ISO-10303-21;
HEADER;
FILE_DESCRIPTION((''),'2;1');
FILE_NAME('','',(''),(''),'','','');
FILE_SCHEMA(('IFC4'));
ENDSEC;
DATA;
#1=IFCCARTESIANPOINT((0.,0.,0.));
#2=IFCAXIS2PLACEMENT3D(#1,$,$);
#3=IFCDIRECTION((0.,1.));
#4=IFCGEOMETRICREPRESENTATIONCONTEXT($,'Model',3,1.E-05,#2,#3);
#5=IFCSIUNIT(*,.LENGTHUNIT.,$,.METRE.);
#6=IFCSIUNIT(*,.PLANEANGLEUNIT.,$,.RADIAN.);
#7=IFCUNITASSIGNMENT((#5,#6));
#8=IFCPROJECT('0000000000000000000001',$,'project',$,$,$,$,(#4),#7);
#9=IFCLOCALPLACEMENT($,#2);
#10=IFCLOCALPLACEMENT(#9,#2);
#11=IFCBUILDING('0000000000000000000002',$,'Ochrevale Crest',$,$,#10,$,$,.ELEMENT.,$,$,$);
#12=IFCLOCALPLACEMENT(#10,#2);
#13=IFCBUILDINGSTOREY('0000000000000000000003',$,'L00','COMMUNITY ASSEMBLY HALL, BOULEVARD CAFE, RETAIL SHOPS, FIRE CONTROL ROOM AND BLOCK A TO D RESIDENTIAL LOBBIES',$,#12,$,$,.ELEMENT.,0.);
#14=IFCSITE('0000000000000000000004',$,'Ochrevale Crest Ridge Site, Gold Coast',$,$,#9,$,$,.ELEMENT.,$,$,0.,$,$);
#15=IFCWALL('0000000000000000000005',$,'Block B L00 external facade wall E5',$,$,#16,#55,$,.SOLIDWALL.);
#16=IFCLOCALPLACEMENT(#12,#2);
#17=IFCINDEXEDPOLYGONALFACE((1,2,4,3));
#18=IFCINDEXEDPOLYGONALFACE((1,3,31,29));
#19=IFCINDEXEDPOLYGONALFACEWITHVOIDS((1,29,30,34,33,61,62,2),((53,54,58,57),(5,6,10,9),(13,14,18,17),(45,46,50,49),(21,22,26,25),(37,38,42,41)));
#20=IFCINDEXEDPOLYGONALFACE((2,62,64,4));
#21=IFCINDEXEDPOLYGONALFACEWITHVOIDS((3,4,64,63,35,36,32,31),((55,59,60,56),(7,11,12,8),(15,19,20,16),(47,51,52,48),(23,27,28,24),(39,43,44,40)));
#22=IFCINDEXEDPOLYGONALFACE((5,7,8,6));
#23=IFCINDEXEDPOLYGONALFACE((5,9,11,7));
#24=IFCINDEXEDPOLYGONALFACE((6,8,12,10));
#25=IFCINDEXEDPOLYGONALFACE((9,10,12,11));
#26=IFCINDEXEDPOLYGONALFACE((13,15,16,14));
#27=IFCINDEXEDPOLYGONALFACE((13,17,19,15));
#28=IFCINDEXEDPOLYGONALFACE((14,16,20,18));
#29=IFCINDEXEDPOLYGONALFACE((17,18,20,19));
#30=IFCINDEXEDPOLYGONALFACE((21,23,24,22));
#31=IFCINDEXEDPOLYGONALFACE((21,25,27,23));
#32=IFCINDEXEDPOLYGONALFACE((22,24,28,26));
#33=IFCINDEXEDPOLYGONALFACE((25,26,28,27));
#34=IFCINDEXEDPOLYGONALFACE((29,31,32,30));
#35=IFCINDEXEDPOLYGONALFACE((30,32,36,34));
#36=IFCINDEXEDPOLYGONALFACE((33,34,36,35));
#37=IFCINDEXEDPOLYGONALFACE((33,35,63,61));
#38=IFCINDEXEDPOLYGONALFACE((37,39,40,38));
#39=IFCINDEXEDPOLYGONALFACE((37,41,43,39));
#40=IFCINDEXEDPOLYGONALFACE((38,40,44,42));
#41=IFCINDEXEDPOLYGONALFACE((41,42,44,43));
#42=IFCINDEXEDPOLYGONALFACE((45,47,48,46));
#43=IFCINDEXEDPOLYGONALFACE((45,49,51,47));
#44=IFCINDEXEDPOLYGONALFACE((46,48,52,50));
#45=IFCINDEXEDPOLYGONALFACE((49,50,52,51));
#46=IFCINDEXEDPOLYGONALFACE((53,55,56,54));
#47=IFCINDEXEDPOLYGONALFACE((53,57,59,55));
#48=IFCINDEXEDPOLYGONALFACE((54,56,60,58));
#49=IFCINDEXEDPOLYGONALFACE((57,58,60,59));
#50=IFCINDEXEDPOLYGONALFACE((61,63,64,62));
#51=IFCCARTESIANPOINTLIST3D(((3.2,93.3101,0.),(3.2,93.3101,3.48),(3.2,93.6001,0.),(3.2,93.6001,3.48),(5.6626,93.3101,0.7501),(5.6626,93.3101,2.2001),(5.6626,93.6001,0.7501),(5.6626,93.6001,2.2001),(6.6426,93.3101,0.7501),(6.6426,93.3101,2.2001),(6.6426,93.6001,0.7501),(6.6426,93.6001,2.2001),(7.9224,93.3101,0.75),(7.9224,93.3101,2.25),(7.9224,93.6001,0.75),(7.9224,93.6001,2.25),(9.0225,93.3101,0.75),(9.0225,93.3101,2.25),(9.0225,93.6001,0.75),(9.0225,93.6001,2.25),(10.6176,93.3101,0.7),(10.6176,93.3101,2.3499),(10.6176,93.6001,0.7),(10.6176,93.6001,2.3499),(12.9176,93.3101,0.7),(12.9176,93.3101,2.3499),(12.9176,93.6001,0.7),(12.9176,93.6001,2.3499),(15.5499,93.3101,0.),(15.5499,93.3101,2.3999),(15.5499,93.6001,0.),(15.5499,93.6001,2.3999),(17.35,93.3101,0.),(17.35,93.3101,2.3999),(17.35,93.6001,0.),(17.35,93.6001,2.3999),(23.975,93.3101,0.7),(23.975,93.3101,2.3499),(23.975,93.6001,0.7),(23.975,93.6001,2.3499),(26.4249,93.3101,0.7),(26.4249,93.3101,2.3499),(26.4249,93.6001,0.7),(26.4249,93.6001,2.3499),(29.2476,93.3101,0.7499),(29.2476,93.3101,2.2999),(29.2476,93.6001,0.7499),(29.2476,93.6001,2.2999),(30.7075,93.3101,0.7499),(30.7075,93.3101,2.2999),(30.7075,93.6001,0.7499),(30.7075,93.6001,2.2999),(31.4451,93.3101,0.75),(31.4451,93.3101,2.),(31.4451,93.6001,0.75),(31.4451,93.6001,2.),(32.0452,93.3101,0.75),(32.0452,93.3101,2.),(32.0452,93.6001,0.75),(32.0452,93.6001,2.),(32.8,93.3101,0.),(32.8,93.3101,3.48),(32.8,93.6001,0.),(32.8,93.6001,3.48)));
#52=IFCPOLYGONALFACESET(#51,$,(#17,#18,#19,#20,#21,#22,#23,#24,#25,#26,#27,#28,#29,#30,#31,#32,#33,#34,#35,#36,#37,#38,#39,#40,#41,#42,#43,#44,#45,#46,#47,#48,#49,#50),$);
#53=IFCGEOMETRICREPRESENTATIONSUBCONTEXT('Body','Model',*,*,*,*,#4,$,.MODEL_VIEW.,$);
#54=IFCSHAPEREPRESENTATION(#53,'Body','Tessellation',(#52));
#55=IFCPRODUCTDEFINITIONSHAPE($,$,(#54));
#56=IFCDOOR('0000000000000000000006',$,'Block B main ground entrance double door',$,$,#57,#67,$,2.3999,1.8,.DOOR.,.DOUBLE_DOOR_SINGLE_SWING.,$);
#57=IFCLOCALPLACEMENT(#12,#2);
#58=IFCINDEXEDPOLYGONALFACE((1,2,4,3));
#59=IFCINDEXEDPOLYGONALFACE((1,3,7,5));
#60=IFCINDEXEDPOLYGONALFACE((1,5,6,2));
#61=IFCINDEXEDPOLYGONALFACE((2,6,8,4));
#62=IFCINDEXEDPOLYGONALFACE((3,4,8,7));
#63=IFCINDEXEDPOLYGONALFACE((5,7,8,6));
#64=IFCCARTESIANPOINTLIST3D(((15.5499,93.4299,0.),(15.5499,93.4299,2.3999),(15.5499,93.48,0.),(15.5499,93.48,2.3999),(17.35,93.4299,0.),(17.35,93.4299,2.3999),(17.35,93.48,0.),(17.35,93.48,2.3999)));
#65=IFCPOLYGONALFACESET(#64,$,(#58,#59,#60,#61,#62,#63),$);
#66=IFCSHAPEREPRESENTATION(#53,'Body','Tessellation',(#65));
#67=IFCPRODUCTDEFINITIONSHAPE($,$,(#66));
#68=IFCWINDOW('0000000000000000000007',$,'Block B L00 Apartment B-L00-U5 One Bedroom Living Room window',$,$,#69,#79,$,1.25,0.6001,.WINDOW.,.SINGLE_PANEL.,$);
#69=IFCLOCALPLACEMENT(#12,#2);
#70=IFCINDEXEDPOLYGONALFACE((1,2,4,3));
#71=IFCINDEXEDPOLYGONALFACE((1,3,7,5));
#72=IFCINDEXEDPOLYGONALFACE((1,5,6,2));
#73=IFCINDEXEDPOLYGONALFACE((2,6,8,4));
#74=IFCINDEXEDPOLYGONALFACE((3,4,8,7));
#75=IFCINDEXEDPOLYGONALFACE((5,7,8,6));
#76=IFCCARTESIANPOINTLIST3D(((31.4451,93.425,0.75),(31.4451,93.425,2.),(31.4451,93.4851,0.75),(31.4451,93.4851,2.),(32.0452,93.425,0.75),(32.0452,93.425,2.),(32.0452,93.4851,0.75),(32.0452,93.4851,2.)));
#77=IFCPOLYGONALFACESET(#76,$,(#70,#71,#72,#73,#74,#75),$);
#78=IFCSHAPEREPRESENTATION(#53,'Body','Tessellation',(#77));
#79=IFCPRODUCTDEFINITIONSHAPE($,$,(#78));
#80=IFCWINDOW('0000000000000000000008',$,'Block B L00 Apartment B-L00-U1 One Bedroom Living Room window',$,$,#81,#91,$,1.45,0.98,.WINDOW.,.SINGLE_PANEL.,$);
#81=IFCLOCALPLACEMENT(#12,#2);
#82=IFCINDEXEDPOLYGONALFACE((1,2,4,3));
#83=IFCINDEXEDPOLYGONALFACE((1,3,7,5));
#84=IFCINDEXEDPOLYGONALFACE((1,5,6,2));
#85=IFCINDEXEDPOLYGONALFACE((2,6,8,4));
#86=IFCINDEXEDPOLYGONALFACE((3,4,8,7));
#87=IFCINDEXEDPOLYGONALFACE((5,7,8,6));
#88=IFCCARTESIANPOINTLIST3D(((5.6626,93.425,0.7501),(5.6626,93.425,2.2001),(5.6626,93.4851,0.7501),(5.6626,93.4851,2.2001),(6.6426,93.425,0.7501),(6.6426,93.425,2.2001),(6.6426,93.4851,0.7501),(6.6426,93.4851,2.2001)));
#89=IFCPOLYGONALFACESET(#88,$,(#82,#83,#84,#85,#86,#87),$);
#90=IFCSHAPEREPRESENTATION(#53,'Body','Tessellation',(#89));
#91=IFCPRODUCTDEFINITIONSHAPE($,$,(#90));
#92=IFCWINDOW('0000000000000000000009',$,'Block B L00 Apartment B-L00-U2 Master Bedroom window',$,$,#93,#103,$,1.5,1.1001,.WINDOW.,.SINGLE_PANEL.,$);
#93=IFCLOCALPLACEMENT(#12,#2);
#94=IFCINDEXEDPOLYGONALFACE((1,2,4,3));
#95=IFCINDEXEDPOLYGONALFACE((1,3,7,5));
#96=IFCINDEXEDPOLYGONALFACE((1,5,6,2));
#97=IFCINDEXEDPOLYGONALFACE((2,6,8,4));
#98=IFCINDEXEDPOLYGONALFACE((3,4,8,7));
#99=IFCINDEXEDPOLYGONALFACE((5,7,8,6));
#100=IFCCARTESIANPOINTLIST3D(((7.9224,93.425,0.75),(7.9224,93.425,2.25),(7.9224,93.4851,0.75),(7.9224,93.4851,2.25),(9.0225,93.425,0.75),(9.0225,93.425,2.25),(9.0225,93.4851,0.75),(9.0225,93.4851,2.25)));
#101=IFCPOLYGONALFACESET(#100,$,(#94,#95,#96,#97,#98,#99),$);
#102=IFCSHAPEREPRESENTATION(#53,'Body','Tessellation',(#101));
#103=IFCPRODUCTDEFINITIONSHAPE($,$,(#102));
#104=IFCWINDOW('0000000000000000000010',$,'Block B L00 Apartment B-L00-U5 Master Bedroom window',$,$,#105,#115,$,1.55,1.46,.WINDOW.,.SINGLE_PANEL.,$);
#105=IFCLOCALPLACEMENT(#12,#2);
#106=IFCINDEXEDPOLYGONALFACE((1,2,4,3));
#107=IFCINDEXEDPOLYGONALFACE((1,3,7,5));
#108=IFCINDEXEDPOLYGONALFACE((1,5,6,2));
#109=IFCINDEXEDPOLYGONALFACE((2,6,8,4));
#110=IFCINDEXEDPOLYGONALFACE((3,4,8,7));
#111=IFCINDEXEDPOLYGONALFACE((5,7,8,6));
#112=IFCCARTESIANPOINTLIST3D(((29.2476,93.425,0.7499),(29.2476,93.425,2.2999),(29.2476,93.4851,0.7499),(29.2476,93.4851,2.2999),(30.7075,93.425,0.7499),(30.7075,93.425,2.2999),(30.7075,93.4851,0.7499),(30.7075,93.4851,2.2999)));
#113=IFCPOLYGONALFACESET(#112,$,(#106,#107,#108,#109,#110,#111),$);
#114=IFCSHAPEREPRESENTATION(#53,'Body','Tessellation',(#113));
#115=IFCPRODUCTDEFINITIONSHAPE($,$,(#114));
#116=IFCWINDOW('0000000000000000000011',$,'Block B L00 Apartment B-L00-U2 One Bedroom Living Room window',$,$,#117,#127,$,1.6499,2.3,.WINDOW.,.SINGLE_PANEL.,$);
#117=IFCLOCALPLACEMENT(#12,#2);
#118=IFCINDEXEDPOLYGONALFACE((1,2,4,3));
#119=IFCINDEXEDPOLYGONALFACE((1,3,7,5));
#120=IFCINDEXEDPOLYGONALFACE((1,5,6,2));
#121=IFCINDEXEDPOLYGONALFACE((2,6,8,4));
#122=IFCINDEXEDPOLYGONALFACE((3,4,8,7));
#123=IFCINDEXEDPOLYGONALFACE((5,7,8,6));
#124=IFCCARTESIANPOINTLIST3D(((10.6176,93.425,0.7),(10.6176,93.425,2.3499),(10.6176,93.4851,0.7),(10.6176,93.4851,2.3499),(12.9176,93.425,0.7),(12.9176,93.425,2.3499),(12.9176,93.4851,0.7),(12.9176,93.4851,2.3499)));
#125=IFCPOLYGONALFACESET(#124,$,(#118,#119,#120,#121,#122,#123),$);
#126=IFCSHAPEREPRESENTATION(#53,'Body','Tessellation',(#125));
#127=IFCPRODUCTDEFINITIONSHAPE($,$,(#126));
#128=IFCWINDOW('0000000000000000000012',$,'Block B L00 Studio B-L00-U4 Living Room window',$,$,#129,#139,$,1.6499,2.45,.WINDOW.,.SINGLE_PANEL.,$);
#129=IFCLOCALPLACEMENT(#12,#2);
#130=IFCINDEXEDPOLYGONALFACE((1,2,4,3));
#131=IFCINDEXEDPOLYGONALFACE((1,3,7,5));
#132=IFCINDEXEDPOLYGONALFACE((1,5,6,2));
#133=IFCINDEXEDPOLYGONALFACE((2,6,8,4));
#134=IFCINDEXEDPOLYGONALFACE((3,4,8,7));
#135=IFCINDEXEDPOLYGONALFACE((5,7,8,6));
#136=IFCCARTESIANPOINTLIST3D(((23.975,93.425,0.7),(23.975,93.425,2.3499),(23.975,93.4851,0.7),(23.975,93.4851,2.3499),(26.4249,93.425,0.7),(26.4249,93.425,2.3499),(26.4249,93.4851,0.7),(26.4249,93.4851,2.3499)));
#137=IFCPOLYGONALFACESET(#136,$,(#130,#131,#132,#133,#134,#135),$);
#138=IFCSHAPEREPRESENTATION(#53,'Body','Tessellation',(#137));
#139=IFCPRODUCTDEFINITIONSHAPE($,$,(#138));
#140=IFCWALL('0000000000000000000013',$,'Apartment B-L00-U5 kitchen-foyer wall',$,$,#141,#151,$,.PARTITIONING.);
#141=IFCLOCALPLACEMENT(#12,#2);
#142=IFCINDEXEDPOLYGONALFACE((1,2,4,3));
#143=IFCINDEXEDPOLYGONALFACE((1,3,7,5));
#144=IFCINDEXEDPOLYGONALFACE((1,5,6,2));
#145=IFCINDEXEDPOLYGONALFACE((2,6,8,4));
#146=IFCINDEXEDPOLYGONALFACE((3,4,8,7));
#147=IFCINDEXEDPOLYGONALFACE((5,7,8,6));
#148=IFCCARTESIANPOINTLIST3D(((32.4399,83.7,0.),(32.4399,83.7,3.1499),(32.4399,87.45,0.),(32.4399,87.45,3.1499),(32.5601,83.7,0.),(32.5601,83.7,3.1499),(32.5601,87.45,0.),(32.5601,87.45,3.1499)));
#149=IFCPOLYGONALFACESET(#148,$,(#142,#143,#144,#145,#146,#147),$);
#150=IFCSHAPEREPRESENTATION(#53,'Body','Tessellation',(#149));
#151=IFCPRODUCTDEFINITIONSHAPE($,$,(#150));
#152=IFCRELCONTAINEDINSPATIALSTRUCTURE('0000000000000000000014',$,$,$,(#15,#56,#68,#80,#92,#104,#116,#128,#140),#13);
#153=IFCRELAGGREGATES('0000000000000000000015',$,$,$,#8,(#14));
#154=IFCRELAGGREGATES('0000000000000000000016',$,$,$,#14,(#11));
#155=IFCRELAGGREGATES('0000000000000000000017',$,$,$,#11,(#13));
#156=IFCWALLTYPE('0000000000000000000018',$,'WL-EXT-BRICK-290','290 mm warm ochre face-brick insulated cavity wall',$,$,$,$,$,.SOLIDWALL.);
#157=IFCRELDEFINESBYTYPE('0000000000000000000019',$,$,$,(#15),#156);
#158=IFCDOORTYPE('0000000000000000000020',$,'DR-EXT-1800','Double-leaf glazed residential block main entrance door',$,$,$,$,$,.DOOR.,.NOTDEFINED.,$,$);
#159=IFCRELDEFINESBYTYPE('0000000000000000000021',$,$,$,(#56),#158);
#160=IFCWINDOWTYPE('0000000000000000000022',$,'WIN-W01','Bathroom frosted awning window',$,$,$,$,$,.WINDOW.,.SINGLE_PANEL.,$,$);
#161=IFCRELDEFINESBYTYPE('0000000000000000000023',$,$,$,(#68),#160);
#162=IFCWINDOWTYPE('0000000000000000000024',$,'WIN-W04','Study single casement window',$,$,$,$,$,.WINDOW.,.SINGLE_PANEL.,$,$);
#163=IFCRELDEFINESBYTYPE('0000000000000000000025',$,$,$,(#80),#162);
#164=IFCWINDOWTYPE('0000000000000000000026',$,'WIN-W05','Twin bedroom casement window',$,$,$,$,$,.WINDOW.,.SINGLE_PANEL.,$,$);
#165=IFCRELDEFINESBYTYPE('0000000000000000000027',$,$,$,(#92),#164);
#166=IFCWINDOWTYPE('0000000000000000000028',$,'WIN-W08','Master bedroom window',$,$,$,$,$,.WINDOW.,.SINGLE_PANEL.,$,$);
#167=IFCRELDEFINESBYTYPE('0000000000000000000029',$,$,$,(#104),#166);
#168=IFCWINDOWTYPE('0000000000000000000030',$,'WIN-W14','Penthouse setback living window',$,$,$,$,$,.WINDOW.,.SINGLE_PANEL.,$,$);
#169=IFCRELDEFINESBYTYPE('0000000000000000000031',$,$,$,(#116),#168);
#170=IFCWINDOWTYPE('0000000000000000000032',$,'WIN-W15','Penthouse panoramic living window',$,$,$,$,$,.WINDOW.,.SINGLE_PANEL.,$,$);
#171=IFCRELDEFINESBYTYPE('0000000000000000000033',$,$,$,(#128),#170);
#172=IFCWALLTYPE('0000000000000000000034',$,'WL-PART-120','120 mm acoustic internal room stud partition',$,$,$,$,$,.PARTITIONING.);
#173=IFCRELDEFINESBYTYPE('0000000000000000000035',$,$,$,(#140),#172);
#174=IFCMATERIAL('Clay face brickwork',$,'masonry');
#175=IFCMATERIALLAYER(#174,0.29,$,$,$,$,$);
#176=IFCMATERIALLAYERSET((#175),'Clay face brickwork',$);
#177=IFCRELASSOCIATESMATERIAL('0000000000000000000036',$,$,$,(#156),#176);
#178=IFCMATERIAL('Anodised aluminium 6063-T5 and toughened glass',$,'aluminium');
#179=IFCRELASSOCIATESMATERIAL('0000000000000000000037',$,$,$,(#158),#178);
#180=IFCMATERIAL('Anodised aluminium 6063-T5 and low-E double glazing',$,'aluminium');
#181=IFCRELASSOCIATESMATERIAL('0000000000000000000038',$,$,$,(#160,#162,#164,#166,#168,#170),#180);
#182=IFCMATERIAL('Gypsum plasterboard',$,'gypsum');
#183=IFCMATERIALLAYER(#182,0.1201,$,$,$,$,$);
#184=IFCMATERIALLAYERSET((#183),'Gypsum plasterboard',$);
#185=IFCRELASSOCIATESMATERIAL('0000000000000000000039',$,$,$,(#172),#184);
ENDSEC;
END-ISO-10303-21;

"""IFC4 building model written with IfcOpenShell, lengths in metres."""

from ifc_helpers import new_model, si_unit, direction, frame, frame_2d, origin, place, context, subcontext, project, spatial, rectangle, extrude, material, layer, layer_set, type_object, element, fill, save


model = new_model("IFC4")

# Units and contexts
model_context = context("Model", 3, precision=1e-05, world=origin(), true_north=direction((0.0, 1.0)))
body_context = subcontext(model_context, "Body", "Model", "MODEL_VIEW")
ifc_project = project(units=[si_unit("LENGTHUNIT", "METRE"), si_unit("PLANEANGLEUNIT", "RADIAN")], contexts=[model_context])

# Site, building, storey
site_placement = place(None, origin())
site = spatial("IfcSite", under=ifc_project, at=site_placement, Name="Ochrevale Crest Ridge Site, Gold Coast", CompositionType="ELEMENT", RefElevation=0.0)
building_placement = place(site_placement, origin())
building = spatial("IfcBuilding", under=site, at=building_placement, Name="Ochrevale Crest", CompositionType="ELEMENT")
storey_placement = place(building_placement, origin())
storey = spatial("IfcBuildingStorey", under=building, at=storey_placement, Name="L00", Description="COMMUNITY ASSEMBLY HALL, BOULEVARD CAFE, RETAIL SHOPS, FIRE CONTROL ROOM AND BLOCK A TO D RESIDENTIAL LOBBIES", CompositionType="ELEMENT", Elevation=0.0)

# Shared definitions
ifc_material_1 = material(Name="Clay face brickwork", Category="masonry")
ifc_layer_1 = layer(ifc_material_1, 0.29)
ifc_layer_set_1 = layer_set([ifc_layer_1], Name="Clay face brickwork")
wall_type_1 = type_object("IfcWallType", Name="WL-EXT-BRICK-290", Description="290 mm warm ochre face-brick insulated cavity wall", PredefinedType="SOLIDWALL", material=ifc_layer_set_1)
ifc_material_2 = material(Name="Anodised aluminium 6063-T5 and low-E double glazing", Category="aluminium")

# Wall, openings, door, windows
wall_1_placement = place(storey_placement, frame((32.8, 93.4551, 0.0), z_axis=(0.0, 0.0, 1.0), x_axis=(-1.0, 0.0, 0.0)))
wall_1 = element("IfcWall", 1, at=wall_1_placement, inside=storey, type_object=wall_type_1, Name="Block B L00 external facade wall E5", PredefinedType="SOLIDWALL", context=body_context, shape_type="SweptSolid", body=[
    extrude(rectangle(XDim=29.6001, YDim=0.29, at=frame_2d((14.8, 0.0))), origin(), (0.0, 0.0, 1.0), 3.48),
])
opening_1_placement = place(wall_1_placement, frame((17.25, 0.0, 0.0), z_axis=(0.0, 0.0, 1.0), x_axis=(-1.0, 0.0, 0.0)))
opening_1 = element("IfcOpeningElement", 2, at=opening_1_placement, cuts=wall_1, PredefinedType="OPENING", context=body_context, shape_type="SweptSolid", body=[
    extrude(rectangle(XDim=1.8, YDim=2.3999, at=frame_2d((0.8999, 1.2))), frame((0.0, 0.155, 0.0), z_axis=(0.0, -1.0, 0.0), x_axis=(1.0, 0.0, 0.0)), (0.0, 0.0, 1.0), 0.3101),
])
opening_2_placement = place(wall_1_placement, frame((26.1575, 0.0, 0.75)))
opening_2 = element("IfcOpeningElement", 3, at=opening_2_placement, cuts=wall_1, PredefinedType="OPENING", context=body_context, shape_type="SweptSolid", body=[
    extrude(rectangle(XDim=0.98, YDim=1.45, at=frame_2d((0.49, 0.7251))), frame((0.0, 0.155, 0.0), z_axis=(0.0, -1.0, 0.0), x_axis=(1.0, 0.0, 0.0)), (0.0, 0.0, 1.0), 0.3101),
])
opening_3_placement = place(wall_1_placement, frame((23.7776, 0.0, 0.75)))
opening_3 = element("IfcOpeningElement", 4, at=opening_3_placement, cuts=wall_1, PredefinedType="OPENING", context=body_context, shape_type="SweptSolid", body=[
    extrude(rectangle(XDim=1.1001, YDim=1.5, at=frame_2d((0.55, 0.75))), frame((0.0, 0.155, 0.0), z_axis=(0.0, -1.0, 0.0), x_axis=(1.0, 0.0, 0.0)), (0.0, 0.0, 1.0), 0.3101),
])
opening_4_placement = place(wall_1_placement, frame((19.8826, 0.0, 0.7)))
opening_4 = element("IfcOpeningElement", 5, at=opening_4_placement, cuts=wall_1, PredefinedType="OPENING", context=body_context, shape_type="SweptSolid", body=[
    extrude(rectangle(XDim=2.3, YDim=1.6499, at=frame_2d((1.1499, 0.825))), frame((0.0, 0.155, 0.0), z_axis=(0.0, -1.0, 0.0), x_axis=(1.0, 0.0, 0.0)), (0.0, 0.0, 1.0), 0.3101),
])
opening_5_placement = place(wall_1_placement, frame((6.375, 0.0, 0.7)))
opening_5 = element("IfcOpeningElement", 6, at=opening_5_placement, cuts=wall_1, PredefinedType="OPENING", context=body_context, shape_type="SweptSolid", body=[
    extrude(rectangle(XDim=2.45, YDim=1.6499, at=frame_2d((1.2251, 0.825))), frame((0.0, 0.155, 0.0), z_axis=(0.0, -1.0, 0.0), x_axis=(1.0, 0.0, 0.0)), (0.0, 0.0, 1.0), 0.3101),
])
opening_6_placement = place(wall_1_placement, frame((2.0925, 0.0, 0.75)))
opening_6 = element("IfcOpeningElement", 7, at=opening_6_placement, cuts=wall_1, PredefinedType="OPENING", context=body_context, shape_type="SweptSolid", body=[
    extrude(rectangle(XDim=1.46, YDim=1.55, at=frame_2d((0.73, 0.7749))), frame((0.0, 0.155, 0.0), z_axis=(0.0, -1.0, 0.0), x_axis=(1.0, 0.0, 0.0)), (0.0, 0.0, 1.0), 0.3101),
])
opening_7_placement = place(wall_1_placement, frame((0.7549, 0.0, 0.75)))
opening_7 = element("IfcOpeningElement", 8, at=opening_7_placement, cuts=wall_1, PredefinedType="OPENING", context=body_context, shape_type="SweptSolid", body=[
    extrude(rectangle(XDim=0.6001, YDim=1.25, at=frame_2d((0.3, 0.625))), frame((0.0, 0.155, 0.0), z_axis=(0.0, -1.0, 0.0), x_axis=(1.0, 0.0, 0.0)), (0.0, 0.0, 1.0), 0.3101),
])
ifc_material_3 = material(Name="Anodised aluminium 6063-T5 and toughened glass", Category="aluminium")
door_type_1 = type_object("IfcDoorType", Name="DR-EXT-1800", Description="Double-leaf glazed residential block main entrance door", OperationType="NOTDEFINED", PredefinedType="DOOR", material=ifc_material_3)
door_1_placement = place(opening_1_placement, origin())
door_1 = element("IfcDoor", 9, at=door_1_placement, inside=storey, type_object=door_type_1, Name="Block B main ground entrance double door", OperationType="DOUBLE_DOOR_SINGLE_SWING", OverallHeight=2.3999, OverallWidth=1.8, PredefinedType="DOOR", context=body_context, shape_type="SweptSolid", body=[
    extrude(rectangle(XDim=1.8, YDim=2.3999, at=frame_2d((0.8999, 1.2))), frame((0.0, 0.0249, 0.0), z_axis=(0.0, -1.0, 0.0), x_axis=(1.0, 0.0, 0.0)), (0.0, 0.0, 1.0), 0.05),
])
fill(opening_1, door_1)
window_type_1 = type_object("IfcWindowType", Name="WIN-W01", Description="Bathroom frosted awning window", PartitioningType="SINGLE_PANEL", PredefinedType="WINDOW", material=ifc_material_2)
window_1_placement = place(opening_7_placement, origin())
window_1 = element("IfcWindow", 10, at=window_1_placement, inside=storey, type_object=window_type_1, Name="Block B L00 Apartment B-L00-U5 One Bedroom Living Room window", OverallHeight=1.25, OverallWidth=0.6001, PartitioningType="SINGLE_PANEL", PredefinedType="WINDOW", context=body_context, shape_type="SweptSolid", body=[
    extrude(rectangle(XDim=0.6001, YDim=1.25, at=frame_2d((0.3, 0.625))), frame((0.0, 0.03, 0.0), z_axis=(0.0, -1.0, 0.0), x_axis=(1.0, 0.0, 0.0)), (0.0, 0.0, 1.0), 0.0601),
])
fill(opening_7, window_1)
window_type_2 = type_object("IfcWindowType", Name="WIN-W04", Description="Study single casement window", PartitioningType="SINGLE_PANEL", PredefinedType="WINDOW", material=ifc_material_2)
window_2_placement = place(opening_2_placement, origin())
window_2 = element("IfcWindow", 11, at=window_2_placement, inside=storey, type_object=window_type_2, Name="Block B L00 Apartment B-L00-U1 One Bedroom Living Room window", OverallHeight=1.45, OverallWidth=0.98, PartitioningType="SINGLE_PANEL", PredefinedType="WINDOW", context=body_context, shape_type="SweptSolid", body=[
    extrude(rectangle(XDim=0.98, YDim=1.45, at=frame_2d((0.49, 0.7251))), frame((0.0, 0.03, 0.0), z_axis=(0.0, -1.0, 0.0), x_axis=(1.0, 0.0, 0.0)), (0.0, 0.0, 1.0), 0.0601),
])
fill(opening_2, window_2)
window_type_3 = type_object("IfcWindowType", Name="WIN-W05", Description="Twin bedroom casement window", PartitioningType="SINGLE_PANEL", PredefinedType="WINDOW", material=ifc_material_2)
window_3_placement = place(opening_3_placement, origin())
window_3 = element("IfcWindow", 12, at=window_3_placement, inside=storey, type_object=window_type_3, Name="Block B L00 Apartment B-L00-U2 Master Bedroom window", OverallHeight=1.5, OverallWidth=1.1001, PartitioningType="SINGLE_PANEL", PredefinedType="WINDOW", context=body_context, shape_type="SweptSolid", body=[
    extrude(rectangle(XDim=1.1001, YDim=1.5, at=frame_2d((0.55, 0.75))), frame((0.0, 0.03, 0.0), z_axis=(0.0, -1.0, 0.0), x_axis=(1.0, 0.0, 0.0)), (0.0, 0.0, 1.0), 0.0601),
])
fill(opening_3, window_3)
window_type_4 = type_object("IfcWindowType", Name="WIN-W08", Description="Master bedroom window", PartitioningType="SINGLE_PANEL", PredefinedType="WINDOW", material=ifc_material_2)
window_4_placement = place(opening_6_placement, origin())
window_4 = element("IfcWindow", 13, at=window_4_placement, inside=storey, type_object=window_type_4, Name="Block B L00 Apartment B-L00-U5 Master Bedroom window", OverallHeight=1.55, OverallWidth=1.46, PartitioningType="SINGLE_PANEL", PredefinedType="WINDOW", context=body_context, shape_type="SweptSolid", body=[
    extrude(rectangle(XDim=1.46, YDim=1.55, at=frame_2d((0.73, 0.7749))), frame((0.0, 0.03, 0.0), z_axis=(0.0, -1.0, 0.0), x_axis=(1.0, 0.0, 0.0)), (0.0, 0.0, 1.0), 0.0601),
])
fill(opening_6, window_4)
window_type_5 = type_object("IfcWindowType", Name="WIN-W14", Description="Penthouse setback living window", PartitioningType="SINGLE_PANEL", PredefinedType="WINDOW", material=ifc_material_2)
window_5_placement = place(opening_4_placement, origin())
window_5 = element("IfcWindow", 14, at=window_5_placement, inside=storey, type_object=window_type_5, Name="Block B L00 Apartment B-L00-U2 One Bedroom Living Room window", OverallHeight=1.6499, OverallWidth=2.3, PartitioningType="SINGLE_PANEL", PredefinedType="WINDOW", context=body_context, shape_type="SweptSolid", body=[
    extrude(rectangle(XDim=2.3, YDim=1.6499, at=frame_2d((1.1499, 0.825))), frame((0.0, 0.03, 0.0), z_axis=(0.0, -1.0, 0.0), x_axis=(1.0, 0.0, 0.0)), (0.0, 0.0, 1.0), 0.0601),
])
fill(opening_4, window_5)
window_type_6 = type_object("IfcWindowType", Name="WIN-W15", Description="Penthouse panoramic living window", PartitioningType="SINGLE_PANEL", PredefinedType="WINDOW", material=ifc_material_2)
window_6_placement = place(opening_5_placement, origin())
window_6 = element("IfcWindow", 15, at=window_6_placement, inside=storey, type_object=window_type_6, Name="Block B L00 Studio B-L00-U4 Living Room window", OverallHeight=1.6499, OverallWidth=2.45, PartitioningType="SINGLE_PANEL", PredefinedType="WINDOW", context=body_context, shape_type="SweptSolid", body=[
    extrude(rectangle(XDim=2.45, YDim=1.6499, at=frame_2d((1.2251, 0.825))), frame((0.0, 0.03, 0.0), z_axis=(0.0, -1.0, 0.0), x_axis=(1.0, 0.0, 0.0)), (0.0, 0.0, 1.0), 0.0601),
])
fill(opening_5, window_6)

# Wall
ifc_material_4 = material(Name="Gypsum plasterboard", Category="gypsum")
ifc_layer_2 = layer(ifc_material_4, 0.1201)
ifc_layer_set_2 = layer_set([ifc_layer_2], Name="Gypsum plasterboard")
wall_type_2 = type_object("IfcWallType", Name="WL-PART-120", Description="120 mm acoustic internal room stud partition", PredefinedType="PARTITIONING", material=ifc_layer_set_2)
wall_2_placement = place(storey_placement, frame((32.5, 83.7, 0.0), z_axis=(0.0, 0.0, 1.0), x_axis=(0.0, 1.0, 0.0)))
element("IfcWall", 16, at=wall_2_placement, inside=storey, type_object=wall_type_2, Name="Apartment B-L00-U5 kitchen-foyer wall", PredefinedType="PARTITIONING", context=body_context, shape_type="SweptSolid", body=[
    extrude(rectangle(XDim=3.75, YDim=0.1201, at=frame_2d((1.875, 0.0))), origin(), (0.0, 0.0, 1.0), 3.1499),
])

save(model, "model.ifc")
